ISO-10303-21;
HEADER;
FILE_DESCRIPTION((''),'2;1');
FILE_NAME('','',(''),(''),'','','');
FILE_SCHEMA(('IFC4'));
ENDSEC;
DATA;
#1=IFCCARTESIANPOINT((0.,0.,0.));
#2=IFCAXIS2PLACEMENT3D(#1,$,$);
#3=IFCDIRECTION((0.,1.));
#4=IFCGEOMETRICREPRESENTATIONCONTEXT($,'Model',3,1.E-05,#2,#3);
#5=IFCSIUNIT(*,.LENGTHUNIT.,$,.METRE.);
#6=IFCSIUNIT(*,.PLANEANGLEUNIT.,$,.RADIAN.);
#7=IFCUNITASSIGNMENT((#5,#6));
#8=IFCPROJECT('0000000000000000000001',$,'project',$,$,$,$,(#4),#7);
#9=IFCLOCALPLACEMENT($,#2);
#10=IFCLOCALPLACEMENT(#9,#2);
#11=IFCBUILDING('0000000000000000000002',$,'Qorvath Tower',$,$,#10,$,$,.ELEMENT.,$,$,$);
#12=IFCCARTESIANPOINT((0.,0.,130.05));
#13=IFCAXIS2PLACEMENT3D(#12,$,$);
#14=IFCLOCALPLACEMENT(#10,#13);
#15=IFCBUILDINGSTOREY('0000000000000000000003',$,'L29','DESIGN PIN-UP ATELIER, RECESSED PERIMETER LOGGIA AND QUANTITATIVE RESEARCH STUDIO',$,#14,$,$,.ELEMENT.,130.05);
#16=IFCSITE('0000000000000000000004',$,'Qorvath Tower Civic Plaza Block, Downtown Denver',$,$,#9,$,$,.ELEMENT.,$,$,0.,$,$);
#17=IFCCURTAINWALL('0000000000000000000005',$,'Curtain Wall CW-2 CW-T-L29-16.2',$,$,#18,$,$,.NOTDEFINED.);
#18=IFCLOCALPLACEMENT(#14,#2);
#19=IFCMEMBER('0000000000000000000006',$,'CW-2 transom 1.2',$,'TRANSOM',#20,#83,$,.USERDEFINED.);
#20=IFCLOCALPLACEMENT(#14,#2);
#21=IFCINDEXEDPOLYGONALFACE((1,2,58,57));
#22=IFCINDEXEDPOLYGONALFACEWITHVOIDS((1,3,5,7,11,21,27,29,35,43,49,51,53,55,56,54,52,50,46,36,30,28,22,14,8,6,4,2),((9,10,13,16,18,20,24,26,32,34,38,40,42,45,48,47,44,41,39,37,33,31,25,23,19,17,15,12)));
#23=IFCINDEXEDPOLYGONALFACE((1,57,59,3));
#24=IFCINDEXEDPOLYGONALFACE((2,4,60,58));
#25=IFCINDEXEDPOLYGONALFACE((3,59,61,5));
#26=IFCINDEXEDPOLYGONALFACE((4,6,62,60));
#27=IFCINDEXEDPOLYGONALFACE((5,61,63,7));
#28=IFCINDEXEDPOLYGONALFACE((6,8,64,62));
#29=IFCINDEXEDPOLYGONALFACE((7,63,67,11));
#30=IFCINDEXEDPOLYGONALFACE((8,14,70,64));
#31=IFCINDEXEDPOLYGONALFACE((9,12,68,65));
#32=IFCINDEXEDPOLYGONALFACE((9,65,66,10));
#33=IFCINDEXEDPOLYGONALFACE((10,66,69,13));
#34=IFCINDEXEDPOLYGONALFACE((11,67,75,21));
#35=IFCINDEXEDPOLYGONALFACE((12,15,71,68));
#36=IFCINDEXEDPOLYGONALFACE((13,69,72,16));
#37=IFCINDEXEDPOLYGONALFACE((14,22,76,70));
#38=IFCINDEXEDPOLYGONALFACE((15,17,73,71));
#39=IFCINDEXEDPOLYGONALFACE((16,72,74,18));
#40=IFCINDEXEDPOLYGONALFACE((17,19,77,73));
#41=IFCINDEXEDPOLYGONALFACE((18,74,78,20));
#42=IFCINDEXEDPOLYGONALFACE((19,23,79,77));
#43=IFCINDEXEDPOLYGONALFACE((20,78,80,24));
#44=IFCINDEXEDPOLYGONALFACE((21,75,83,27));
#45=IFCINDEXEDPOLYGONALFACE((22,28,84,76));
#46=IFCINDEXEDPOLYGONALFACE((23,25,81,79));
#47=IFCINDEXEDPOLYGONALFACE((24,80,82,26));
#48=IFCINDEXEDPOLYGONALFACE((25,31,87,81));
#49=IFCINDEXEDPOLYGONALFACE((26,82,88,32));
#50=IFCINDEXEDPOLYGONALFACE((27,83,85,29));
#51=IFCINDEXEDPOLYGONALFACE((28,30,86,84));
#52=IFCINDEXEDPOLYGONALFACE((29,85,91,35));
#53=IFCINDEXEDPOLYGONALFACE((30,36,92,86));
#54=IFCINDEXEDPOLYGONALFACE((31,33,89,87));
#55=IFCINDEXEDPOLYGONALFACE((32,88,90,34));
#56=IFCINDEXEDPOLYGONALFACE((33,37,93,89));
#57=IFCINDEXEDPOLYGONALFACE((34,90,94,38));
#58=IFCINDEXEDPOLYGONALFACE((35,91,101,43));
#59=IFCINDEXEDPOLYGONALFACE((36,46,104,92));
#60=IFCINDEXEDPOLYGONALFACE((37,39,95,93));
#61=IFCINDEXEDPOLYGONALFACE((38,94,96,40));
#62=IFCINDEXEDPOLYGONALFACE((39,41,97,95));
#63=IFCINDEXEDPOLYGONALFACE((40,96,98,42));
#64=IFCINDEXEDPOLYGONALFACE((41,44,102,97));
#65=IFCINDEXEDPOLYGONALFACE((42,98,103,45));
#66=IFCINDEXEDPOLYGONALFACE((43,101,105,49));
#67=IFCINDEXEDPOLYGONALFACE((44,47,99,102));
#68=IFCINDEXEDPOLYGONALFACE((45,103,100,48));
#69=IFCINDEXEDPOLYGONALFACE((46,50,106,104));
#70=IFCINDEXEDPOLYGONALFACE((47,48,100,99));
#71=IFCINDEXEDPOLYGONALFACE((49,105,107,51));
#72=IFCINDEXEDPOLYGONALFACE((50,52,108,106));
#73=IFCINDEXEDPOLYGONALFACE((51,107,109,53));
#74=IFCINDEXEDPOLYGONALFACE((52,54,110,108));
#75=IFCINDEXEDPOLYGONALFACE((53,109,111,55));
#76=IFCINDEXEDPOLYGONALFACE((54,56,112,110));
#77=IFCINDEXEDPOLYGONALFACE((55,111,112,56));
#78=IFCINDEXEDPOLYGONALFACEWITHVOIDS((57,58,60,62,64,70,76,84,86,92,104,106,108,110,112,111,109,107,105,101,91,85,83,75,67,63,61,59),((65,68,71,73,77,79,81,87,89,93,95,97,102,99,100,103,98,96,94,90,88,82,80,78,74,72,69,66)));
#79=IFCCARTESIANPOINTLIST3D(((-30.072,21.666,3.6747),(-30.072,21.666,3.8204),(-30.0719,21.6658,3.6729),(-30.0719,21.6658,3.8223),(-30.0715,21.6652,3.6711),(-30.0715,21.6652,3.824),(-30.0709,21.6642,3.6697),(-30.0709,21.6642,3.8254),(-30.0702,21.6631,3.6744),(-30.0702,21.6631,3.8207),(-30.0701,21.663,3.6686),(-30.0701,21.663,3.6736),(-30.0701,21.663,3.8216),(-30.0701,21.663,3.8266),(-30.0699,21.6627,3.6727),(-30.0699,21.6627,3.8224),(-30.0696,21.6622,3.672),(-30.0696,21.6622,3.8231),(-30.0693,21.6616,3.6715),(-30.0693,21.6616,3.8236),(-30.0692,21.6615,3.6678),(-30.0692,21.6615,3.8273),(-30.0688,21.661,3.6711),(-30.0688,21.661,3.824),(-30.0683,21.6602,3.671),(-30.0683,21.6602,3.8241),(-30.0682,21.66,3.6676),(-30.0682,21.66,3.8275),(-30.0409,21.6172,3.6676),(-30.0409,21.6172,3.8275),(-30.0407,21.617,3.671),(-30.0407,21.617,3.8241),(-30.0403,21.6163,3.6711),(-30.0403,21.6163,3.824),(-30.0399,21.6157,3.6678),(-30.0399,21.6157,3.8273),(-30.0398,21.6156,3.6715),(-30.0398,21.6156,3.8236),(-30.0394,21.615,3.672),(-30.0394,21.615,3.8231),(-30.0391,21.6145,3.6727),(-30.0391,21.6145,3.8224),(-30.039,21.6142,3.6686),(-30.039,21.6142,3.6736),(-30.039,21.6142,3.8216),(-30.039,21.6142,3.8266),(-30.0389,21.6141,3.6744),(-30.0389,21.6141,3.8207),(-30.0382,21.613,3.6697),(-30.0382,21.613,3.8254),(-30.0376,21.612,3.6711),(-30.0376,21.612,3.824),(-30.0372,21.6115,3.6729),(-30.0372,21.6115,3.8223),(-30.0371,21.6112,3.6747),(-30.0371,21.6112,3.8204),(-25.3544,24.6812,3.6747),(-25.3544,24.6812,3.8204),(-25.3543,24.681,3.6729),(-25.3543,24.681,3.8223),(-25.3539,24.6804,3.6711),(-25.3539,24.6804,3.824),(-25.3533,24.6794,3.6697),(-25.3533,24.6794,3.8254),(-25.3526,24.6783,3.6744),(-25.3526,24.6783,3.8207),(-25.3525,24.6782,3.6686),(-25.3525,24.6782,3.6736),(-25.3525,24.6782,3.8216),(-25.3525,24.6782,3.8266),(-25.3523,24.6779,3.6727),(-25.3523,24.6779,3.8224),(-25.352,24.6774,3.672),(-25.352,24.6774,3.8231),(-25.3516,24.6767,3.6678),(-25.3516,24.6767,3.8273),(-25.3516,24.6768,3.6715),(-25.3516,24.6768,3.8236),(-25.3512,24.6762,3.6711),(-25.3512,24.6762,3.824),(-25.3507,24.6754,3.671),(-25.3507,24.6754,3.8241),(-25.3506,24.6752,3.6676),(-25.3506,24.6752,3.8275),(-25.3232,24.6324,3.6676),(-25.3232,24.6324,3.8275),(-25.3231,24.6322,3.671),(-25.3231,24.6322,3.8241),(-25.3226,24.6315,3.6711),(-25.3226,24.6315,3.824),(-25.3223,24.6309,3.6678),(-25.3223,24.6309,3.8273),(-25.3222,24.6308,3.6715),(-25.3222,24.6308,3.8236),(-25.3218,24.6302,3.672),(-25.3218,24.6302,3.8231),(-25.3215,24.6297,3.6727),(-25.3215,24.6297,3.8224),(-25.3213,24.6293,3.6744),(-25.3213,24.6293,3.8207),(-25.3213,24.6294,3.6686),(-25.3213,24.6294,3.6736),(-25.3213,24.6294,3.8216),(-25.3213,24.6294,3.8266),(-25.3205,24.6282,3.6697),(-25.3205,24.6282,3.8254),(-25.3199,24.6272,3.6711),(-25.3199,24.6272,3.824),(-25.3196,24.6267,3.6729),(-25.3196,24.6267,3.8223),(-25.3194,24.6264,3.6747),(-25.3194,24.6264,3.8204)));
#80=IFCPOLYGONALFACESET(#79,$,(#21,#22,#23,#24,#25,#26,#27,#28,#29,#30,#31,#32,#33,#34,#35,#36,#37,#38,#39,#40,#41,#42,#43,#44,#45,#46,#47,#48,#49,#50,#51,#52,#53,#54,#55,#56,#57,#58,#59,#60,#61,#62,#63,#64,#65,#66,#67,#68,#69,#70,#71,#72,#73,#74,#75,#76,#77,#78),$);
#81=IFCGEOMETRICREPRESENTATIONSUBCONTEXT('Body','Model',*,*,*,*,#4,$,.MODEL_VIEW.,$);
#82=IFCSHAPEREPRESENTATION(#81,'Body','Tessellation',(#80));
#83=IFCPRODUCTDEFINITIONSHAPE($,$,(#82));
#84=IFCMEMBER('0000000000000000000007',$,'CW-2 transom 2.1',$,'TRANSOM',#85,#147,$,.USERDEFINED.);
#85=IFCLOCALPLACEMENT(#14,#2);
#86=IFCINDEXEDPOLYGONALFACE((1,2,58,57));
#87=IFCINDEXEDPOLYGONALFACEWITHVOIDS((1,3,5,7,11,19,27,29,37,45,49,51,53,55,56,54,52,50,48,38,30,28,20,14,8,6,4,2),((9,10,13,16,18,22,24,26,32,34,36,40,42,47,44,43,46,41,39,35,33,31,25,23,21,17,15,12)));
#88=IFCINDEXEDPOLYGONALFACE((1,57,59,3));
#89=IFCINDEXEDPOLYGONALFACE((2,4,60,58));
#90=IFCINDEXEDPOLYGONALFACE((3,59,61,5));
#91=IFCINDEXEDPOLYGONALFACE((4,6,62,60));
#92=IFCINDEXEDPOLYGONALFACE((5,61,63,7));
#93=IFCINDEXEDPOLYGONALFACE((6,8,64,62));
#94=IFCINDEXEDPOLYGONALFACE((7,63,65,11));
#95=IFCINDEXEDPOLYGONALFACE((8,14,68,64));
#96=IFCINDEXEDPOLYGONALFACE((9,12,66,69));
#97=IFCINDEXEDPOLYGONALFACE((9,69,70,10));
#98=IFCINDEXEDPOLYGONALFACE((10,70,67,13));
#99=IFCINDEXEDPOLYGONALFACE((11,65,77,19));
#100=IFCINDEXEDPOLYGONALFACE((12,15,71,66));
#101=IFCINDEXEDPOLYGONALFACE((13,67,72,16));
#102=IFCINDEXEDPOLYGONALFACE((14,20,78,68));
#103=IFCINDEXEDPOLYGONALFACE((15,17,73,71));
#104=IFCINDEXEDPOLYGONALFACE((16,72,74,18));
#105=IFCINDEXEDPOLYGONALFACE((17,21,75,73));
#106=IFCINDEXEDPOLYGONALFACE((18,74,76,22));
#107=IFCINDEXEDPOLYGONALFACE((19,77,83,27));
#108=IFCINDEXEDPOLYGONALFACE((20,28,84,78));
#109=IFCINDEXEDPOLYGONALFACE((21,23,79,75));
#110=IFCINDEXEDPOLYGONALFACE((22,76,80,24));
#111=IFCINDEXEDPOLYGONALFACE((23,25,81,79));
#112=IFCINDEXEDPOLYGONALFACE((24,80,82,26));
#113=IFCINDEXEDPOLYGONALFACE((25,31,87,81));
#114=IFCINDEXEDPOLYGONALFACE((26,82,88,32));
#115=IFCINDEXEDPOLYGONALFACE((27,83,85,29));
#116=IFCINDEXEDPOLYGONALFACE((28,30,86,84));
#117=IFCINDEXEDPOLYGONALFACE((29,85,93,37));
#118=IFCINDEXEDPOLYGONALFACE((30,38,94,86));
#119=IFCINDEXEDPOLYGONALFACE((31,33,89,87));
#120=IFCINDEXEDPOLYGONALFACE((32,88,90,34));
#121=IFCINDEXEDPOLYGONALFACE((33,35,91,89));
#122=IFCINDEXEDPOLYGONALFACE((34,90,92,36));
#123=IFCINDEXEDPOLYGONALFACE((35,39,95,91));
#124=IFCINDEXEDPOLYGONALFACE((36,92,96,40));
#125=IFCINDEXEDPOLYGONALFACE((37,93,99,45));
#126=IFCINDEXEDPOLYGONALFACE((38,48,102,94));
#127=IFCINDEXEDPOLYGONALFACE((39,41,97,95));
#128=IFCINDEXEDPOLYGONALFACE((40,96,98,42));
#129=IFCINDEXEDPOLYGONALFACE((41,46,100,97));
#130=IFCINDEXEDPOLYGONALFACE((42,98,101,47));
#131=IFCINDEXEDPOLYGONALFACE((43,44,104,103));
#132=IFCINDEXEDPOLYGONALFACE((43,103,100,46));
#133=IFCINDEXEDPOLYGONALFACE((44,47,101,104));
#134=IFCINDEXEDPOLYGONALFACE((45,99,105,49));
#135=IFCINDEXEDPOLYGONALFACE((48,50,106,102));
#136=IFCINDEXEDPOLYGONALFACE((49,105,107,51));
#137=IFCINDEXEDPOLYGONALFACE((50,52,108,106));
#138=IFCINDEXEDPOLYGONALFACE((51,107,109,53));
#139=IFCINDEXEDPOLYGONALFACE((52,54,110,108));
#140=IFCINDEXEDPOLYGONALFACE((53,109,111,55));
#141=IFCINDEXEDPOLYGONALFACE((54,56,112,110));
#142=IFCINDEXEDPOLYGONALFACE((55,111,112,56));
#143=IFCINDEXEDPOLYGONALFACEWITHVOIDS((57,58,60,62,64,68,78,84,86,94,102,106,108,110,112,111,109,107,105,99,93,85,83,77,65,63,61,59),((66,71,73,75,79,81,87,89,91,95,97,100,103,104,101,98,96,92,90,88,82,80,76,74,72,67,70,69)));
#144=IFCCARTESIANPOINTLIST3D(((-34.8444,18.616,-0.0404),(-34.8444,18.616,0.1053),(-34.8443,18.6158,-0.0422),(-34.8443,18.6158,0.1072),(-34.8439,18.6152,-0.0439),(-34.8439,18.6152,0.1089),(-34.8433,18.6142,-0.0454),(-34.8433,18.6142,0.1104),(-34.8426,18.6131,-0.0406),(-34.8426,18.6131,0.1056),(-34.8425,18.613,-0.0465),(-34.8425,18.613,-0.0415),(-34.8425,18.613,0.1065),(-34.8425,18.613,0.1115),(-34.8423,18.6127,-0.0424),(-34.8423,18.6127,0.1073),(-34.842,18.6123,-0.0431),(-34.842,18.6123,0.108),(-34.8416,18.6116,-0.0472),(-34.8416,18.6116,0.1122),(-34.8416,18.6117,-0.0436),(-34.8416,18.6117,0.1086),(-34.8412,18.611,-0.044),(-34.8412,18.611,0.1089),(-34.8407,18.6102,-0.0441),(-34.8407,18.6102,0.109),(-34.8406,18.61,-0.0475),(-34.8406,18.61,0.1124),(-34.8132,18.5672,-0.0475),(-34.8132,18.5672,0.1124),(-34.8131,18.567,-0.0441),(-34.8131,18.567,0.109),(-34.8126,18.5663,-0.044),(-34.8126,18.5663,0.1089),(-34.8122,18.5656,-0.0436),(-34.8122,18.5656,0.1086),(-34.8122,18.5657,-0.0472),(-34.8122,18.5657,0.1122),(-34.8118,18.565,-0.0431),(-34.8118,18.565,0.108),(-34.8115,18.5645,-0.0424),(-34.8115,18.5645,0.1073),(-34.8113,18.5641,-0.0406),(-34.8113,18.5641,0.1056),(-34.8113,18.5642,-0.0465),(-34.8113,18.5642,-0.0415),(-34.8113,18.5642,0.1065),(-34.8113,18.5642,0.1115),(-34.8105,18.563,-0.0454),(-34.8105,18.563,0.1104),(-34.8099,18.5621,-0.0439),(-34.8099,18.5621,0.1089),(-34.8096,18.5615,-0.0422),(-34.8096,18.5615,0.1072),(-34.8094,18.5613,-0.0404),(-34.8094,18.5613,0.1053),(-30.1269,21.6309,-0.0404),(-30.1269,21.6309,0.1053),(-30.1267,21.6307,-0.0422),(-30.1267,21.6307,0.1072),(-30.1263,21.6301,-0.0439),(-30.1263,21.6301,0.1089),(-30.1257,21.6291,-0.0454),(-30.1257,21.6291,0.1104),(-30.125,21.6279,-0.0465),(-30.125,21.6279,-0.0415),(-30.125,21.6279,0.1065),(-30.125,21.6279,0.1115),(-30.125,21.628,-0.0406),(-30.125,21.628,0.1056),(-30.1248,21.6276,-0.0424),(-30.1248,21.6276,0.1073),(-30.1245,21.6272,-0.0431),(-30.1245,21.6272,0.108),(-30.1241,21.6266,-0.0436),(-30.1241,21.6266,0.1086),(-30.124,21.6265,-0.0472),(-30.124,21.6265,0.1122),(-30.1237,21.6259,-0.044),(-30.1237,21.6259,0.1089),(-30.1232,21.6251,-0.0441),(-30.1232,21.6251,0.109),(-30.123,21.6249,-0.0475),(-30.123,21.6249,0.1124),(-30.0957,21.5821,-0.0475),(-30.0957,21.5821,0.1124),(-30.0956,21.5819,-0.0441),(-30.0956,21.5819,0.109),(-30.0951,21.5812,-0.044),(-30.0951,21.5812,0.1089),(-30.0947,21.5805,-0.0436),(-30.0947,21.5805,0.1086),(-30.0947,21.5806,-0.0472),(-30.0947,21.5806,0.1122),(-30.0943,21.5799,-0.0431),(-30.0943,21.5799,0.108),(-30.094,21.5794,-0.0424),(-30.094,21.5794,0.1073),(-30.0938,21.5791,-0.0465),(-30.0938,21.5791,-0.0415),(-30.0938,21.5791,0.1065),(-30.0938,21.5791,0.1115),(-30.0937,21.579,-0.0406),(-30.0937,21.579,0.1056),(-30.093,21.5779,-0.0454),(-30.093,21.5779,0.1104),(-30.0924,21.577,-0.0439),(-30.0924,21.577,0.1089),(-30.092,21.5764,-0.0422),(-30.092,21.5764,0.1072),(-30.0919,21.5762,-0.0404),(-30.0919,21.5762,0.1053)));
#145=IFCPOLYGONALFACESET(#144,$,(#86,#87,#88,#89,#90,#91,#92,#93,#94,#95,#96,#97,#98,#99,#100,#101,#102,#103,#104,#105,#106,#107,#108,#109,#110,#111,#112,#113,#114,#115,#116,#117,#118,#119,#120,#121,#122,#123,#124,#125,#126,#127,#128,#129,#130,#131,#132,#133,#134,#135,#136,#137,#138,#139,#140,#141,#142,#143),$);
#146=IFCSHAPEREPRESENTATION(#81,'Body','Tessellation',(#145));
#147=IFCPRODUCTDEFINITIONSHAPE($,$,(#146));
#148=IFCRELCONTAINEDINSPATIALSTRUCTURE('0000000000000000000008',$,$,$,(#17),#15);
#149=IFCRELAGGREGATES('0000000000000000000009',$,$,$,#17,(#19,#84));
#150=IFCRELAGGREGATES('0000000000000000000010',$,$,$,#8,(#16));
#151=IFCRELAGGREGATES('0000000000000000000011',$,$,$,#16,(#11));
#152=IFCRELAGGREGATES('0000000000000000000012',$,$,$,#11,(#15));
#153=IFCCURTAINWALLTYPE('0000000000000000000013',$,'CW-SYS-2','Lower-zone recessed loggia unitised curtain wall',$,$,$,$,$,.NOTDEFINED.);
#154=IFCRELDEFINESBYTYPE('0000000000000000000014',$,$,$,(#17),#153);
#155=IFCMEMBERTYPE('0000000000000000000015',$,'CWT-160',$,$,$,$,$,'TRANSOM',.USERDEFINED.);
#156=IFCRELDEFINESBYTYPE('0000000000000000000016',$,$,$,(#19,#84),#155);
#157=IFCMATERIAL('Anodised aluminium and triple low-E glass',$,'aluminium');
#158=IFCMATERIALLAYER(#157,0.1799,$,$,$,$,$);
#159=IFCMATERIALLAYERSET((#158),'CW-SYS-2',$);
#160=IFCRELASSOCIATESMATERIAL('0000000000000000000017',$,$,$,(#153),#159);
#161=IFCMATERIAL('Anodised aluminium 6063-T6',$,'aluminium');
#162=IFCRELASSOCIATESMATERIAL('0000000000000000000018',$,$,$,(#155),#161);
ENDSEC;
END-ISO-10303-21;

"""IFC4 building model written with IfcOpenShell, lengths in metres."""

from ifc_helpers import new_model, si_unit, direction, frame, origin, origin_2d, place, context, subcontext, project, spatial, hollow_rectangle, extrude, material, layer, layer_set, material_profile, profile_set, type_object, element, aggregate, save


model = new_model("IFC4")

# Units and contexts
model_context = context("Model", 3, precision=1e-05, world=origin(), true_north=direction((0.0, 1.0)))
body_context = subcontext(model_context, "Body", "Model", "MODEL_VIEW")
ifc_project = project(units=[si_unit("LENGTHUNIT", "METRE"), si_unit("PLANEANGLEUNIT", "RADIAN")], contexts=[model_context])

# Site, building, storey
site_placement = place(None, origin())
site = spatial("IfcSite", under=ifc_project, at=site_placement, Name="Qorvath Tower Civic Plaza Block, Downtown Denver", CompositionType="ELEMENT", RefElevation=0.0)
building_placement = place(site_placement, origin())
building = spatial("IfcBuilding", under=site, at=building_placement, Name="Qorvath Tower", CompositionType="ELEMENT")
storey_placement = place(building_placement, frame((0.0, 0.0, 130.05)))
storey = spatial("IfcBuildingStorey", under=building, at=storey_placement, Name="L29", Description="DESIGN PIN-UP ATELIER, RECESSED PERIMETER LOGGIA AND QUANTITATIVE RESEARCH STUDIO", CompositionType="ELEMENT", Elevation=130.05)

# Shared definitions
ifc_material_1 = material(Name="Anodised aluminium and triple low-E glass", Category="aluminium")
ifc_layer_1 = layer(ifc_material_1, 0.1799)
ifc_layer_set_1 = layer_set([ifc_layer_1], Name="CW-SYS-2")
curtain_wall_type = type_object("IfcCurtainWallType", Name="CW-SYS-2", Description="Lower-zone recessed loggia unitised curtain wall", PredefinedType="NOTDEFINED", material=ifc_layer_set_1)

# Curtain wall
curtain_wall_1_placement = place(storey_placement, origin())
curtain_wall_1 = element("IfcCurtainWall", 1, at=curtain_wall_1_placement, inside=storey, type_object=curtain_wall_type, Name="Curtain Wall CW-2 CW-T-L29-16.2", PredefinedType="NOTDEFINED")

# Members
ifc_material_2 = material(Name="Anodised aluminium 6063-T6", Category="aluminium")
ifc_material_profile_1 = material_profile(ifc_material_2, hollow_rectangle(XDim=0.0649, YDim=0.1599, WallThickness=0.0034, InnerFilletRadius=0.0034, OuterFilletRadius=0.0071, at=origin_2d()), Name="CWT 160x65")
ifc_profile_set_1 = profile_set([ifc_material_profile_1], Name="Anodised aluminium 6063-T6")
member_type_1 = type_object("IfcMemberType", Name="CWT-160", ElementType="TRANSOM", PredefinedType="USERDEFINED", material=ifc_profile_set_1)
member_1_placement = place(storey_placement, frame((-25.3369, 24.6538, 3.7476), z_axis=(-0.842602, -0.538536, 0.0), x_axis=(0.538536, -0.842602, 0.0)))
member_1 = element("IfcMember", 2, at=member_1_placement, type_object=member_type_1, Name="CW-2 transom 1.2", ObjectType="TRANSOM", PredefinedType="USERDEFINED", context=body_context, shape_type="SweptSolid", body=[
    extrude(hollow_rectangle(XDim=0.0649, YDim=0.1599, WallThickness=0.0034, InnerFilletRadius=0.0034, OuterFilletRadius=0.0071, at=origin_2d()), origin(), (0.0, 0.0, 1.0), 5.5989),
])
member_2_placement = place(storey_placement, frame((-30.1094, 21.6035, 0.0325), z_axis=(-0.842622, -0.538505, 0.0), x_axis=(0.538505, -0.842622, 0.0)))
member_2 = element("IfcMember", 3, at=member_2_placement, type_object=member_type_1, Name="CW-2 transom 2.1", ObjectType="TRANSOM", PredefinedType="USERDEFINED", context=body_context, shape_type="SweptSolid", body=[
    extrude(hollow_rectangle(XDim=0.0649, YDim=0.1599, WallThickness=0.0034, InnerFilletRadius=0.0034, OuterFilletRadius=0.0071, at=origin_2d()), origin(), (0.0, 0.0, 1.0), 5.5986),
])

aggregate(curtain_wall_1, [member_1, member_2])

save(model, "model.ifc")
